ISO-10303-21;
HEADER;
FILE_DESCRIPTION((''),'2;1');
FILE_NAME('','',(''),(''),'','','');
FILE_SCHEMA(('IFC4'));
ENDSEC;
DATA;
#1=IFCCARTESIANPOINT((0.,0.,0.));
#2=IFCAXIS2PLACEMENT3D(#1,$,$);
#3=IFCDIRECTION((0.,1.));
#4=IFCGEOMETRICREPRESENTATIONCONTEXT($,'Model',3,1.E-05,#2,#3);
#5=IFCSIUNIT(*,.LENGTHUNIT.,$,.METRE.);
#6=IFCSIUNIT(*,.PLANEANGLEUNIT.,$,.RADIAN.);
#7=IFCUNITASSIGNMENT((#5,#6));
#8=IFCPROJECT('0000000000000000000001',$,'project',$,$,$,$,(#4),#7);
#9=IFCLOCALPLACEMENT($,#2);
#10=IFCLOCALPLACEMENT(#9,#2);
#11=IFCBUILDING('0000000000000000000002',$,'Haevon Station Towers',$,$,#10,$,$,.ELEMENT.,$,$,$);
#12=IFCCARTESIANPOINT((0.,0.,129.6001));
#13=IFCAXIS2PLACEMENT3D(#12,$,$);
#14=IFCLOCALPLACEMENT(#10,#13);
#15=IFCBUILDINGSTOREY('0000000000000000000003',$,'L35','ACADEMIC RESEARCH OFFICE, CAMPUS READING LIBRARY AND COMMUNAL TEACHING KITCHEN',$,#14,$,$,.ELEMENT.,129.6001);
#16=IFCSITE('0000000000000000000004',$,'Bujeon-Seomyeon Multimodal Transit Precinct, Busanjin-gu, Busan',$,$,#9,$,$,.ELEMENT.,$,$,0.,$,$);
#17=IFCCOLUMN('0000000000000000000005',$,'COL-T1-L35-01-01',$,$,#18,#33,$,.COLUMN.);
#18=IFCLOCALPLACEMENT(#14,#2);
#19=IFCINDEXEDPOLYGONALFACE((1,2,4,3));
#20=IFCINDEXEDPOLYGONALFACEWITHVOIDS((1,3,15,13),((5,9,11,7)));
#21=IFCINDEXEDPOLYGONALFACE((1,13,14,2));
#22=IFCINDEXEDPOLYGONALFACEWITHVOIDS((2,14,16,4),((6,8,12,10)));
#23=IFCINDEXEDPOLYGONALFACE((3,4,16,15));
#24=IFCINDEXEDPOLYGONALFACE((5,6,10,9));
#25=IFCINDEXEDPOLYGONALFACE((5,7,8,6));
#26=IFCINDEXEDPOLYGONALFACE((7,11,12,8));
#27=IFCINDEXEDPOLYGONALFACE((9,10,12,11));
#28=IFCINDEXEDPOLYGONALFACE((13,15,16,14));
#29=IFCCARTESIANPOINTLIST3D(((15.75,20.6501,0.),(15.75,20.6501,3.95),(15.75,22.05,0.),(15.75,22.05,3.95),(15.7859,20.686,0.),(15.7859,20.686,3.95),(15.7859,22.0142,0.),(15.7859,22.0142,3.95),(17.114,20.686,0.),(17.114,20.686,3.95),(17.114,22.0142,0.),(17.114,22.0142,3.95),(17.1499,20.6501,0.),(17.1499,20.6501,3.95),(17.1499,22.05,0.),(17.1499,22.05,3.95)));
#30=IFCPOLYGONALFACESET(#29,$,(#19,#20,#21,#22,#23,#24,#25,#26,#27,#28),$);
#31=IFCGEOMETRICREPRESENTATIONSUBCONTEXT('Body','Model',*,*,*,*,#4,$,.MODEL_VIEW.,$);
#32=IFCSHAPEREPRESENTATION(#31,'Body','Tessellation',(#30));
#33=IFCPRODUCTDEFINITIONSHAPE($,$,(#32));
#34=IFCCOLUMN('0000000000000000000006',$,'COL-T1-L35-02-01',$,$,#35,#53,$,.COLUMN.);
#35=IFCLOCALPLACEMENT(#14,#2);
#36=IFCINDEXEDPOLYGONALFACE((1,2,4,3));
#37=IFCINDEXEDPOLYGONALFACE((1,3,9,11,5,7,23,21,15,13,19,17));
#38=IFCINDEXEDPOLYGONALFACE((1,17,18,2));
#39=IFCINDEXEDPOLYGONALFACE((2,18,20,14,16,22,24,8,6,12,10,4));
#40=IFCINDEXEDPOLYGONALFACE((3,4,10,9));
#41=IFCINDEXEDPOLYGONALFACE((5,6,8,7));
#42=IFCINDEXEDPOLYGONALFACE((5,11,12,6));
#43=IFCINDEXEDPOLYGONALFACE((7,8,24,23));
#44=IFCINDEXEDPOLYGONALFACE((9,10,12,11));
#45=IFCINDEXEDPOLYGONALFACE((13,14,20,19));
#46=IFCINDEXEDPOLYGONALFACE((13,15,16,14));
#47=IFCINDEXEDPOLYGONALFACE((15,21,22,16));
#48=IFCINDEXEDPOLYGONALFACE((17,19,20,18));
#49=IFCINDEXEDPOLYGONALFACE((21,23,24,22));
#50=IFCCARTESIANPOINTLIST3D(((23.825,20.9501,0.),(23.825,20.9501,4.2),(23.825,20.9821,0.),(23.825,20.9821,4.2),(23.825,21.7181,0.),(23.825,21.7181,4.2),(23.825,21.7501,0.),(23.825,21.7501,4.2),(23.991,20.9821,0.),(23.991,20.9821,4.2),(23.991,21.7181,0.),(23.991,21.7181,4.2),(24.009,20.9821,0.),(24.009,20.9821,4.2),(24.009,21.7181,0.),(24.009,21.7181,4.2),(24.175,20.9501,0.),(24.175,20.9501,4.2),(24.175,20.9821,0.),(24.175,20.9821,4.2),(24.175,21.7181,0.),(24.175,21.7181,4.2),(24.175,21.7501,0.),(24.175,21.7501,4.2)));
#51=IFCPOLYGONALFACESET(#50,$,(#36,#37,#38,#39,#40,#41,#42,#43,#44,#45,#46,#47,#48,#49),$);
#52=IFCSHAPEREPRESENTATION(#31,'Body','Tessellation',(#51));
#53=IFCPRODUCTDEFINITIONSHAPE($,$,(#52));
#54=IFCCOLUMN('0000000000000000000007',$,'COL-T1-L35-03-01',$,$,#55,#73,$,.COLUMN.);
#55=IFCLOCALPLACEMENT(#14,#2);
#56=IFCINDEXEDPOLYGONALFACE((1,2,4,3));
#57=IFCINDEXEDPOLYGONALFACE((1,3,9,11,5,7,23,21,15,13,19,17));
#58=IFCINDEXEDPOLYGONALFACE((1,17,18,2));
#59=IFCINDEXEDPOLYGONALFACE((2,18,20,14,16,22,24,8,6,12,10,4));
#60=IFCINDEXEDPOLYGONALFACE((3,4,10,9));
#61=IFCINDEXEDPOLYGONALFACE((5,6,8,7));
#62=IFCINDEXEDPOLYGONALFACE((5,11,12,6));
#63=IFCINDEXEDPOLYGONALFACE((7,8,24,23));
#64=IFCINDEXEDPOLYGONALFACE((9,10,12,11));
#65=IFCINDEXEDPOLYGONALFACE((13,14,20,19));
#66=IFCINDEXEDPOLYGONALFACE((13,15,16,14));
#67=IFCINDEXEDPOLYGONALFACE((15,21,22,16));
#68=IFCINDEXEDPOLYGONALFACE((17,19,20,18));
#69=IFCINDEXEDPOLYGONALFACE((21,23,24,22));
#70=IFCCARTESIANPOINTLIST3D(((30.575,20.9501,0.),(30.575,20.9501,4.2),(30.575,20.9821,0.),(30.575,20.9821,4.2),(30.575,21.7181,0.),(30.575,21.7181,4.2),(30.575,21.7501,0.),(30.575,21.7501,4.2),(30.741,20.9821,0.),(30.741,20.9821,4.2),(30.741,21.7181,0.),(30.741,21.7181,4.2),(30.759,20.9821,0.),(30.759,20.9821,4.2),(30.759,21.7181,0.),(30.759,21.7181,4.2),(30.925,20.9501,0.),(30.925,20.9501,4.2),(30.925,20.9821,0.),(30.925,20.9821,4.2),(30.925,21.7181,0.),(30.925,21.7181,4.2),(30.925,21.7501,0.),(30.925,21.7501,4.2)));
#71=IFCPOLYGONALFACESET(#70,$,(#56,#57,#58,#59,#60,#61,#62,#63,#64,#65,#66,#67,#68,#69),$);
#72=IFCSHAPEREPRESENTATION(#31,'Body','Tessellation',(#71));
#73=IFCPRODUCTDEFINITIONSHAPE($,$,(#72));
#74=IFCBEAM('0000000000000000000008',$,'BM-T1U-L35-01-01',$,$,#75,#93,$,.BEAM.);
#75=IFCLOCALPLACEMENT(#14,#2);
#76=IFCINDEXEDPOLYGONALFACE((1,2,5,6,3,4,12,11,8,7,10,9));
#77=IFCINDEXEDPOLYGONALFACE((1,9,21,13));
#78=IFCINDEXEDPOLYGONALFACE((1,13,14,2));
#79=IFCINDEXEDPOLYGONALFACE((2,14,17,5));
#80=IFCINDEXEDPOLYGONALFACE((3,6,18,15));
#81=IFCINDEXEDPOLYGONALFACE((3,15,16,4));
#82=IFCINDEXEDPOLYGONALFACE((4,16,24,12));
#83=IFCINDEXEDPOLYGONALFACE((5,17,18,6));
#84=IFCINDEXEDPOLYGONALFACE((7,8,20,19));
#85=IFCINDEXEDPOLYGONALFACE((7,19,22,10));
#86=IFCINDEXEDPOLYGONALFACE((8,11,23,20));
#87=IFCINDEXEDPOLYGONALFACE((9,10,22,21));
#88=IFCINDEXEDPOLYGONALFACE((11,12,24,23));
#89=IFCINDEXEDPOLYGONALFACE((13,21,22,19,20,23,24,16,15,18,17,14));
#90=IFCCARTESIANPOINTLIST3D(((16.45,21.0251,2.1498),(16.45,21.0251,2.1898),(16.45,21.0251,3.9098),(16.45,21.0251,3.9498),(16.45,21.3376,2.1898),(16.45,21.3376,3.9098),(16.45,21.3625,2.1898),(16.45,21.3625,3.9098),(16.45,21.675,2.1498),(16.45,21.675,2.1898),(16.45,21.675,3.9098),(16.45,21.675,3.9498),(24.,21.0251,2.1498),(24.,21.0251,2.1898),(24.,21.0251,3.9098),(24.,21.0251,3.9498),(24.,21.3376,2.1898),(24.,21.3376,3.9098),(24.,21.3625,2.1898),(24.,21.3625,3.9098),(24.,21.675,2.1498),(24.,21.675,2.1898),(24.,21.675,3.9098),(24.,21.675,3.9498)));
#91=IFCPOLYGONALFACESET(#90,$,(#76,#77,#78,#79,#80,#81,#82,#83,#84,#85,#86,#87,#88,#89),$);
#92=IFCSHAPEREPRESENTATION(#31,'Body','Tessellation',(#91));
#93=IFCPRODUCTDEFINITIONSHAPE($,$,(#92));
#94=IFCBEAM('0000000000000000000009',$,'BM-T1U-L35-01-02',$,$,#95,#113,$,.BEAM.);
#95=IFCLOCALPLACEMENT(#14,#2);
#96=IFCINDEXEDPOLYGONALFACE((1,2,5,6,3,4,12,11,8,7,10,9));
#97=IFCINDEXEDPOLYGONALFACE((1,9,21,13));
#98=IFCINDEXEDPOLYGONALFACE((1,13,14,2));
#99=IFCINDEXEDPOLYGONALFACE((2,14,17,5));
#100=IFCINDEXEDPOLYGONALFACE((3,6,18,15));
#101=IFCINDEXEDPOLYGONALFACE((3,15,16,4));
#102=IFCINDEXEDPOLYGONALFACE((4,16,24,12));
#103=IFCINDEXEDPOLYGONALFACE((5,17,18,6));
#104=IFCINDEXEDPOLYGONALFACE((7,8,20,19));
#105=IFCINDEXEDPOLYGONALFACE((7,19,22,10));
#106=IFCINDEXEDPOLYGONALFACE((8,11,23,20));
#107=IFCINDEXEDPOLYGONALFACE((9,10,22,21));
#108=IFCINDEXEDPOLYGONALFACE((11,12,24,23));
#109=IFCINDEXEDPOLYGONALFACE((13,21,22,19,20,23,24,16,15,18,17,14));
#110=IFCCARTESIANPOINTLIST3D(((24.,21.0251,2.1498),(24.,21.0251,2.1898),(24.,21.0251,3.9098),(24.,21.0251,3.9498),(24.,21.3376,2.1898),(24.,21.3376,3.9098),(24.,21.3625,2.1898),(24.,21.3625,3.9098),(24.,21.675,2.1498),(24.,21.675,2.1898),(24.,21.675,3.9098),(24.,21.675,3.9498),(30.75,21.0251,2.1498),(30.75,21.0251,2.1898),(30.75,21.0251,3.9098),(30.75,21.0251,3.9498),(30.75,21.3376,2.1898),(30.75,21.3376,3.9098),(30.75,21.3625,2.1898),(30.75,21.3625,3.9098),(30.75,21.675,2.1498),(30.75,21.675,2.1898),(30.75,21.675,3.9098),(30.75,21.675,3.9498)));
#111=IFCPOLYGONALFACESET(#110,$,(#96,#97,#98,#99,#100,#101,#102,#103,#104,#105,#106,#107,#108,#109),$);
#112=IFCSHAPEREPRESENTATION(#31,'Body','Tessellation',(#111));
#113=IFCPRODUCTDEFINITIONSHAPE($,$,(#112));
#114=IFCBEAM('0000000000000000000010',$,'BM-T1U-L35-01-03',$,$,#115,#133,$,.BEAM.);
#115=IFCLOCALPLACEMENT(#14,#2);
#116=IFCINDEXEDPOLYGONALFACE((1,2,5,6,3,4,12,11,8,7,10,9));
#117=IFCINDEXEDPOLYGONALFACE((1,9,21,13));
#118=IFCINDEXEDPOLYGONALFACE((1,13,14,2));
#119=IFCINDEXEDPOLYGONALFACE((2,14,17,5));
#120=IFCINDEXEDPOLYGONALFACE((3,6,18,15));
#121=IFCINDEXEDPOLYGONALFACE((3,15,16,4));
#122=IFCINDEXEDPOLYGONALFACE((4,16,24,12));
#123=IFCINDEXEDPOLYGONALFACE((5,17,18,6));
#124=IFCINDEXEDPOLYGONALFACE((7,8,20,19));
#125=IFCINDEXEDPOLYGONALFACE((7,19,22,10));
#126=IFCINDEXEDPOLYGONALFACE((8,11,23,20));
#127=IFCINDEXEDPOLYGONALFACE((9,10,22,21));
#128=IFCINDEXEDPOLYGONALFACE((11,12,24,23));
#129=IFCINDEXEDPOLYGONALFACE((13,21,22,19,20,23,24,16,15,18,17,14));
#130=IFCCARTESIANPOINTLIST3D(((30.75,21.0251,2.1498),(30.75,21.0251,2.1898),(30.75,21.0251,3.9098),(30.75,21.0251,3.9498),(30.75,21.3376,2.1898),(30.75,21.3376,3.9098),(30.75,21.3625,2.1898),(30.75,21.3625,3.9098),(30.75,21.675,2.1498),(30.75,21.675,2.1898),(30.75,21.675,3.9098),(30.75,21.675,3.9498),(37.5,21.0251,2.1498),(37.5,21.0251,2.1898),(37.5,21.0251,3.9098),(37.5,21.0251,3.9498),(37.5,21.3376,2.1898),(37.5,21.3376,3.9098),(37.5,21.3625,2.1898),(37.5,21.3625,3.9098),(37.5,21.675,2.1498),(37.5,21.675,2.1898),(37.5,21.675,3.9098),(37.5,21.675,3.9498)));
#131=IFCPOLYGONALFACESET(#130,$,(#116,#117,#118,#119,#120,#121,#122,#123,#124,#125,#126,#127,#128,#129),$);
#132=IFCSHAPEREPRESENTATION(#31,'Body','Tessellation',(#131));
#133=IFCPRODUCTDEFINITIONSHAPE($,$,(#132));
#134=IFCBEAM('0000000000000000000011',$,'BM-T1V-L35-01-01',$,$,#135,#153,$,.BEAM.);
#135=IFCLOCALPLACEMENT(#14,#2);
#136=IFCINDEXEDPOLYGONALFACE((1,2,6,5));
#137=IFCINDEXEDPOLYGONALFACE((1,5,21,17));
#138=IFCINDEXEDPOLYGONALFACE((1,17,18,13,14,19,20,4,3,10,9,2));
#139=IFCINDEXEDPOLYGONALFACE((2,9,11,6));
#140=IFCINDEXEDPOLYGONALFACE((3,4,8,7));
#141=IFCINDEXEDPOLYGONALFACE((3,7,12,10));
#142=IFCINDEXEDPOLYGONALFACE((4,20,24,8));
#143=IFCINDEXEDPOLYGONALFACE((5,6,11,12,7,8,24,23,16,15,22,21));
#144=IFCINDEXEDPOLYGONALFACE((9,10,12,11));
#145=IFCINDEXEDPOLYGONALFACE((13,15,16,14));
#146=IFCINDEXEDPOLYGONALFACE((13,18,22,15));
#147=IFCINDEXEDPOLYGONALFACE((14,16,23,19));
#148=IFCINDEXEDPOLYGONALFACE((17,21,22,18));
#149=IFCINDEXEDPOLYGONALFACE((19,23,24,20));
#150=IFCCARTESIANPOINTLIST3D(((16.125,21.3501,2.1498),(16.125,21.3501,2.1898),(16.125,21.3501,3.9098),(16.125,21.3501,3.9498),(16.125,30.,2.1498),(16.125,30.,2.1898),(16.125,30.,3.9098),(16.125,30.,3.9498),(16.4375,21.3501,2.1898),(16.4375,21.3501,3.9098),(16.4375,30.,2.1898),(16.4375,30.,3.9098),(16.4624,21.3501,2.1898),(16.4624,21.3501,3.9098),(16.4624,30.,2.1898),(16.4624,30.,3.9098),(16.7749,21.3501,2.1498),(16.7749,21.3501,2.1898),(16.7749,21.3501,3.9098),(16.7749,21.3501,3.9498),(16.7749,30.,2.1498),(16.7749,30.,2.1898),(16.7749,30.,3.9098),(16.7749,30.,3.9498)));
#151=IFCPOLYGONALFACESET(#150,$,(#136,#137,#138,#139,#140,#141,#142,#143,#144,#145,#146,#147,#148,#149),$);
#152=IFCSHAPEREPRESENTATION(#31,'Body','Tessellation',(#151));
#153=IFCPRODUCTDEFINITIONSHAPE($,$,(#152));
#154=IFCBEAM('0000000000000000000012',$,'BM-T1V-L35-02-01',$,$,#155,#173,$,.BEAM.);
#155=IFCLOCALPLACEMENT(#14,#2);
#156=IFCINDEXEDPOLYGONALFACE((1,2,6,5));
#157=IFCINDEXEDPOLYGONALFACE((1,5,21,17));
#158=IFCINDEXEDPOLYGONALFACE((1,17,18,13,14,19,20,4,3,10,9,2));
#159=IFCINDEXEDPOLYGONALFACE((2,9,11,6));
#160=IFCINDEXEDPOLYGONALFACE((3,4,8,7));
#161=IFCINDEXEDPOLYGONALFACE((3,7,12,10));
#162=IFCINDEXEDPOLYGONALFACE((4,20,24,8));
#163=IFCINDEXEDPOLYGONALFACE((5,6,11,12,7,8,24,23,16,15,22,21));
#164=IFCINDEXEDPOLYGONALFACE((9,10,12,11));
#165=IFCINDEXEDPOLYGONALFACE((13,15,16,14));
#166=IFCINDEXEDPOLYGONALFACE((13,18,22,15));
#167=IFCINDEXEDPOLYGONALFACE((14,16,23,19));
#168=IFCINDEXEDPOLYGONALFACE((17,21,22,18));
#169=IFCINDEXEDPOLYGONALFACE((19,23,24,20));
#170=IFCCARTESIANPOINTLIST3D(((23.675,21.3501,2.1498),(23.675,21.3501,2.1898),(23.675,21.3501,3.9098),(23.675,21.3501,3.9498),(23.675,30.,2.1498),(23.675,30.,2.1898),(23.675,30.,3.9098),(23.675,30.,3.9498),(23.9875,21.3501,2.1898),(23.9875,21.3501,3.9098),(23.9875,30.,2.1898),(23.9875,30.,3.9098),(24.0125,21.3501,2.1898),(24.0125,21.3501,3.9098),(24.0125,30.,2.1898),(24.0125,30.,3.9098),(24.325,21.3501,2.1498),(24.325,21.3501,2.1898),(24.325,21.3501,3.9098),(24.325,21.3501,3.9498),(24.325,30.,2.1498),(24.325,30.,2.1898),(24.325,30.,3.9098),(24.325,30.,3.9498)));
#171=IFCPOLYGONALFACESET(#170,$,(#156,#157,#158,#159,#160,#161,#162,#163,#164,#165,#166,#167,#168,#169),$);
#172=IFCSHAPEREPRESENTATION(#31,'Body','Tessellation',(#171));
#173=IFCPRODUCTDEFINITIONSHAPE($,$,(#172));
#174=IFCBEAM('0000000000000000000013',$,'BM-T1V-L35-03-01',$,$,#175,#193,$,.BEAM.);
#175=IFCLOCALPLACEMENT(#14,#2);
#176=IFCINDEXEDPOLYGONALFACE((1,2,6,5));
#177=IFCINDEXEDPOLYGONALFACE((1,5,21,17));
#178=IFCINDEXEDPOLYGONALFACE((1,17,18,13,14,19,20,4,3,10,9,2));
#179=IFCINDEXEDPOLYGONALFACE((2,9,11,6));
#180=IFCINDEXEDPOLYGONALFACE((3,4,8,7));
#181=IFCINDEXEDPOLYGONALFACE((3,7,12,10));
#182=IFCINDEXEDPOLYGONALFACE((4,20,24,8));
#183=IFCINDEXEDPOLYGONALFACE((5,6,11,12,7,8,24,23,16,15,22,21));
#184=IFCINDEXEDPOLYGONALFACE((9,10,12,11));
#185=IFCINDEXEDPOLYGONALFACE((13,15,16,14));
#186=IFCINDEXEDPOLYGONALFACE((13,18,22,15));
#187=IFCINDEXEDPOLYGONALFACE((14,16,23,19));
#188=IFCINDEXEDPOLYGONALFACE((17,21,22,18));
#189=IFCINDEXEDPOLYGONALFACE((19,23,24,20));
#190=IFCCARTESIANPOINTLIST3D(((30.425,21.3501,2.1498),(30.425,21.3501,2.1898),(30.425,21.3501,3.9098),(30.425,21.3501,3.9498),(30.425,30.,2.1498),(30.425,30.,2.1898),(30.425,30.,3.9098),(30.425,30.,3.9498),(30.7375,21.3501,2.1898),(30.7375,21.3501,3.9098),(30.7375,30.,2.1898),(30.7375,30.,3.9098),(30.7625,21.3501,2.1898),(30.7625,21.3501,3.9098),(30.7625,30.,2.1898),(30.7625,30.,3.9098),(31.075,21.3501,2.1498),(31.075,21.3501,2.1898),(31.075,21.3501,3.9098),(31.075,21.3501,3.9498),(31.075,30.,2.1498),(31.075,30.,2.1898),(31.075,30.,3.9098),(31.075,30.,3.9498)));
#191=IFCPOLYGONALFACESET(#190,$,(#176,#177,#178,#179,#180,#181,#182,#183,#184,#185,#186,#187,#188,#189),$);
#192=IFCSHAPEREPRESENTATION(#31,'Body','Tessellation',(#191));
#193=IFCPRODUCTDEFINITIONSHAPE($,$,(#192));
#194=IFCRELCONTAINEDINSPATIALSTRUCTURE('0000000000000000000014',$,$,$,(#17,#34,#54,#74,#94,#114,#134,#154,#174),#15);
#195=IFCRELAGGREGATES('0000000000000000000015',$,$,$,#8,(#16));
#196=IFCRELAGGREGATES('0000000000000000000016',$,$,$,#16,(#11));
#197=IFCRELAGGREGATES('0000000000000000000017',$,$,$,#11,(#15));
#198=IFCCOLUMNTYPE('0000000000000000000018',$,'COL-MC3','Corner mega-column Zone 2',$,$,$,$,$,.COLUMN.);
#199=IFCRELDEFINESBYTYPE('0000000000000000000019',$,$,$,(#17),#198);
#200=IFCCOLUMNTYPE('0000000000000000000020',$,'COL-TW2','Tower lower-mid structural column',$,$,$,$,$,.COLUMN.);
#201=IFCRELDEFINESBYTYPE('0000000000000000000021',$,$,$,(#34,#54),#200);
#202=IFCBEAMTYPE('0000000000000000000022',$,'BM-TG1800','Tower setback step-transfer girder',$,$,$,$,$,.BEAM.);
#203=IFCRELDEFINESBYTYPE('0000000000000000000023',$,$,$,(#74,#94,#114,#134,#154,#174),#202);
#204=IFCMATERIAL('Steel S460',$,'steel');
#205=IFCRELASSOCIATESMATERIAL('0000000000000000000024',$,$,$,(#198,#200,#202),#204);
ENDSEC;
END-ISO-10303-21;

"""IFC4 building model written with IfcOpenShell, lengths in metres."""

from ifc_helpers import new_model, si_unit, direction, frame, origin, origin_2d, place, context, subcontext, project, spatial, hollow_rectangle, i_section, extrude, material, material_profile, profile_set, type_object, element, save


model = new_model("IFC4")

# Units and contexts
model_context = context("Model", 3, precision=1e-05, world=origin(), true_north=direction((0.0, 1.0)))
body_context = subcontext(model_context, "Body", "Model", "MODEL_VIEW")
ifc_project = project(units=[si_unit("LENGTHUNIT", "METRE"), si_unit("PLANEANGLEUNIT", "RADIAN")], contexts=[model_context])

# Site, building, storey
site_placement = place(None, origin())
site = spatial("IfcSite", under=ifc_project, at=site_placement, Name="Bujeon-Seomyeon Multimodal Transit Precinct, Busanjin-gu, Busan", CompositionType="ELEMENT", RefElevation=0.0)
building_placement = place(site_placement, origin())
building = spatial("IfcBuilding", under=site, at=building_placement, Name="Haevon Station Towers", CompositionType="ELEMENT")
storey_placement = place(building_placement, frame((0.0, 0.0, 129.6001)))
storey = spatial("IfcBuildingStorey", under=building, at=storey_placement, Name="L35", Description="ACADEMIC RESEARCH OFFICE, CAMPUS READING LIBRARY AND COMMUNAL TEACHING KITCHEN", CompositionType="ELEMENT", Elevation=129.6001)

# Columns
ifc_material_1 = material(Name="Steel S460", Category="steel")
ifc_material_profile_1 = material_profile(ifc_material_1, hollow_rectangle(XDim=1.3999, YDim=1.3999, WallThickness=0.0359, at=origin_2d()), Name="BOX-1400x1400x36")
ifc_profile_set_1 = profile_set([ifc_material_profile_1], Name="Steel S460")
column_type_1 = type_object("IfcColumnType", Name="COL-MC3", Description="Corner mega-column Zone 2", PredefinedType="COLUMN", material=ifc_profile_set_1)
column_placement = place(storey_placement, frame((16.45, 21.3501, 0.0), z_axis=(0.0, 0.0, 1.0), x_axis=(1.0, 0.0, 0.0)))
element("IfcColumn", 1, at=column_placement, inside=storey, type_object=column_type_1, Name="COL-T1-L35-01-01", PredefinedType="COLUMN", context=body_context, shape_type="SweptSolid", body=[
    extrude(hollow_rectangle(XDim=1.3999, YDim=1.3999, WallThickness=0.0359, at=origin_2d()), origin(), (0.0, 0.0, 1.0), 3.95),
])
ifc_material_profile_2 = material_profile(ifc_material_1, i_section(OverallWidth=0.3501, OverallDepth=0.8, WebThickness=0.0181, FlangeThickness=0.032, at=origin_2d()), Name="H-800x350x18x32")
ifc_profile_set_2 = profile_set([ifc_material_profile_2], Name="Steel S460")
column_type_2 = type_object("IfcColumnType", Name="COL-TW2", Description="Tower lower-mid structural column", PredefinedType="COLUMN", material=ifc_profile_set_2)
for number, where, z_axis, x_axis, name in (
    (2, (24.0, 21.3501, 0.0), (0.0, 0.0, 1.0), (1.0, 0.0, 0.0), "COL-T1-L35-02-01"),
    (3, (30.75, 21.3501, 0.0), (0.0, 0.0, 1.0), (1.0, 0.0, 0.0), "COL-T1-L35-03-01"),
):
    element("IfcColumn", number, at=place(storey_placement, frame(where, z_axis=z_axis, x_axis=x_axis)), inside=storey, type_object=column_type_2, Name=name, PredefinedType="COLUMN", context=body_context, shape_type="SweptSolid", body=[
        extrude(i_section(OverallWidth=0.3501, OverallDepth=0.8, WebThickness=0.0181, FlangeThickness=0.032, at=origin_2d()), origin(), (0.0, 0.0, 1.0), 4.2),
    ])

# Beams
ifc_material_profile_3 = material_profile(ifc_material_1, i_section(OverallWidth=0.6499, OverallDepth=1.8, WebThickness=0.0249, FlangeThickness=0.04, at=origin_2d()), Name="H-1800x650x25x40")
ifc_profile_set_3 = profile_set([ifc_material_profile_3], Name="Steel S460")
beam_type = type_object("IfcBeamType", Name="BM-TG1800", Description="Tower setback step-transfer girder", PredefinedType="BEAM", material=ifc_profile_set_3)
beam_placement = place(storey_placement, frame((16.45, 21.3501, 3.0498), z_axis=(1.0, 0.0, 0.0), x_axis=(0.0, 1.0, 0.0)))
element("IfcBeam", 4, at=beam_placement, inside=storey, type_object=beam_type, Name="BM-T1U-L35-01-01", PredefinedType="BEAM", context=body_context, shape_type="SweptSolid", body=[
    extrude(i_section(OverallWidth=0.6499, OverallDepth=1.8, WebThickness=0.0249, FlangeThickness=0.04, at=origin_2d()), origin(), (0.0, 0.0, 1.0), 7.55),
])
for number, where, z_axis, x_axis, name in (
    (5, (24.0, 21.3501, 3.0498), (1.0, 0.0, 0.0), (0.0, 1.0, 0.0), "BM-T1U-L35-01-02"),
    (6, (30.75, 21.3501, 3.0498), (1.0, 0.0, 0.0), (0.0, 1.0, 0.0), "BM-T1U-L35-01-03"),
):
    element("IfcBeam", number, at=place(storey_placement, frame(where, z_axis=z_axis, x_axis=x_axis)), inside=storey, type_object=beam_type, Name=name, PredefinedType="BEAM", context=body_context, shape_type="SweptSolid", body=[
        extrude(i_section(OverallWidth=0.6499, OverallDepth=1.8, WebThickness=0.0249, FlangeThickness=0.04, at=origin_2d()), origin(), (0.0, 0.0, 1.0), 6.75),
    ])
for number, where, z_axis, x_axis, name in (
    (7, (16.45, 21.3501, 3.0498), (0.0, 1.0, 0.0), (-1.0, 0.0, 0.0), "BM-T1V-L35-01-01"),
    (8, (24.0, 21.3501, 3.0498), (0.0, 1.0, 0.0), (-1.0, 0.0, 0.0), "BM-T1V-L35-02-01"),
    (9, (30.75, 21.3501, 3.0498), (0.0, 1.0, 0.0), (-1.0, 0.0, 0.0), "BM-T1V-L35-03-01"),
):
    element("IfcBeam", number, at=place(storey_placement, frame(where, z_axis=z_axis, x_axis=x_axis)), inside=storey, type_object=beam_type, Name=name, PredefinedType="BEAM", context=body_context, shape_type="SweptSolid", body=[
        extrude(i_section(OverallWidth=0.6499, OverallDepth=1.8, WebThickness=0.0249, FlangeThickness=0.04, at=origin_2d()), origin(), (0.0, 0.0, 1.0), 8.6499),
    ])

save(model, "model.ifc")
